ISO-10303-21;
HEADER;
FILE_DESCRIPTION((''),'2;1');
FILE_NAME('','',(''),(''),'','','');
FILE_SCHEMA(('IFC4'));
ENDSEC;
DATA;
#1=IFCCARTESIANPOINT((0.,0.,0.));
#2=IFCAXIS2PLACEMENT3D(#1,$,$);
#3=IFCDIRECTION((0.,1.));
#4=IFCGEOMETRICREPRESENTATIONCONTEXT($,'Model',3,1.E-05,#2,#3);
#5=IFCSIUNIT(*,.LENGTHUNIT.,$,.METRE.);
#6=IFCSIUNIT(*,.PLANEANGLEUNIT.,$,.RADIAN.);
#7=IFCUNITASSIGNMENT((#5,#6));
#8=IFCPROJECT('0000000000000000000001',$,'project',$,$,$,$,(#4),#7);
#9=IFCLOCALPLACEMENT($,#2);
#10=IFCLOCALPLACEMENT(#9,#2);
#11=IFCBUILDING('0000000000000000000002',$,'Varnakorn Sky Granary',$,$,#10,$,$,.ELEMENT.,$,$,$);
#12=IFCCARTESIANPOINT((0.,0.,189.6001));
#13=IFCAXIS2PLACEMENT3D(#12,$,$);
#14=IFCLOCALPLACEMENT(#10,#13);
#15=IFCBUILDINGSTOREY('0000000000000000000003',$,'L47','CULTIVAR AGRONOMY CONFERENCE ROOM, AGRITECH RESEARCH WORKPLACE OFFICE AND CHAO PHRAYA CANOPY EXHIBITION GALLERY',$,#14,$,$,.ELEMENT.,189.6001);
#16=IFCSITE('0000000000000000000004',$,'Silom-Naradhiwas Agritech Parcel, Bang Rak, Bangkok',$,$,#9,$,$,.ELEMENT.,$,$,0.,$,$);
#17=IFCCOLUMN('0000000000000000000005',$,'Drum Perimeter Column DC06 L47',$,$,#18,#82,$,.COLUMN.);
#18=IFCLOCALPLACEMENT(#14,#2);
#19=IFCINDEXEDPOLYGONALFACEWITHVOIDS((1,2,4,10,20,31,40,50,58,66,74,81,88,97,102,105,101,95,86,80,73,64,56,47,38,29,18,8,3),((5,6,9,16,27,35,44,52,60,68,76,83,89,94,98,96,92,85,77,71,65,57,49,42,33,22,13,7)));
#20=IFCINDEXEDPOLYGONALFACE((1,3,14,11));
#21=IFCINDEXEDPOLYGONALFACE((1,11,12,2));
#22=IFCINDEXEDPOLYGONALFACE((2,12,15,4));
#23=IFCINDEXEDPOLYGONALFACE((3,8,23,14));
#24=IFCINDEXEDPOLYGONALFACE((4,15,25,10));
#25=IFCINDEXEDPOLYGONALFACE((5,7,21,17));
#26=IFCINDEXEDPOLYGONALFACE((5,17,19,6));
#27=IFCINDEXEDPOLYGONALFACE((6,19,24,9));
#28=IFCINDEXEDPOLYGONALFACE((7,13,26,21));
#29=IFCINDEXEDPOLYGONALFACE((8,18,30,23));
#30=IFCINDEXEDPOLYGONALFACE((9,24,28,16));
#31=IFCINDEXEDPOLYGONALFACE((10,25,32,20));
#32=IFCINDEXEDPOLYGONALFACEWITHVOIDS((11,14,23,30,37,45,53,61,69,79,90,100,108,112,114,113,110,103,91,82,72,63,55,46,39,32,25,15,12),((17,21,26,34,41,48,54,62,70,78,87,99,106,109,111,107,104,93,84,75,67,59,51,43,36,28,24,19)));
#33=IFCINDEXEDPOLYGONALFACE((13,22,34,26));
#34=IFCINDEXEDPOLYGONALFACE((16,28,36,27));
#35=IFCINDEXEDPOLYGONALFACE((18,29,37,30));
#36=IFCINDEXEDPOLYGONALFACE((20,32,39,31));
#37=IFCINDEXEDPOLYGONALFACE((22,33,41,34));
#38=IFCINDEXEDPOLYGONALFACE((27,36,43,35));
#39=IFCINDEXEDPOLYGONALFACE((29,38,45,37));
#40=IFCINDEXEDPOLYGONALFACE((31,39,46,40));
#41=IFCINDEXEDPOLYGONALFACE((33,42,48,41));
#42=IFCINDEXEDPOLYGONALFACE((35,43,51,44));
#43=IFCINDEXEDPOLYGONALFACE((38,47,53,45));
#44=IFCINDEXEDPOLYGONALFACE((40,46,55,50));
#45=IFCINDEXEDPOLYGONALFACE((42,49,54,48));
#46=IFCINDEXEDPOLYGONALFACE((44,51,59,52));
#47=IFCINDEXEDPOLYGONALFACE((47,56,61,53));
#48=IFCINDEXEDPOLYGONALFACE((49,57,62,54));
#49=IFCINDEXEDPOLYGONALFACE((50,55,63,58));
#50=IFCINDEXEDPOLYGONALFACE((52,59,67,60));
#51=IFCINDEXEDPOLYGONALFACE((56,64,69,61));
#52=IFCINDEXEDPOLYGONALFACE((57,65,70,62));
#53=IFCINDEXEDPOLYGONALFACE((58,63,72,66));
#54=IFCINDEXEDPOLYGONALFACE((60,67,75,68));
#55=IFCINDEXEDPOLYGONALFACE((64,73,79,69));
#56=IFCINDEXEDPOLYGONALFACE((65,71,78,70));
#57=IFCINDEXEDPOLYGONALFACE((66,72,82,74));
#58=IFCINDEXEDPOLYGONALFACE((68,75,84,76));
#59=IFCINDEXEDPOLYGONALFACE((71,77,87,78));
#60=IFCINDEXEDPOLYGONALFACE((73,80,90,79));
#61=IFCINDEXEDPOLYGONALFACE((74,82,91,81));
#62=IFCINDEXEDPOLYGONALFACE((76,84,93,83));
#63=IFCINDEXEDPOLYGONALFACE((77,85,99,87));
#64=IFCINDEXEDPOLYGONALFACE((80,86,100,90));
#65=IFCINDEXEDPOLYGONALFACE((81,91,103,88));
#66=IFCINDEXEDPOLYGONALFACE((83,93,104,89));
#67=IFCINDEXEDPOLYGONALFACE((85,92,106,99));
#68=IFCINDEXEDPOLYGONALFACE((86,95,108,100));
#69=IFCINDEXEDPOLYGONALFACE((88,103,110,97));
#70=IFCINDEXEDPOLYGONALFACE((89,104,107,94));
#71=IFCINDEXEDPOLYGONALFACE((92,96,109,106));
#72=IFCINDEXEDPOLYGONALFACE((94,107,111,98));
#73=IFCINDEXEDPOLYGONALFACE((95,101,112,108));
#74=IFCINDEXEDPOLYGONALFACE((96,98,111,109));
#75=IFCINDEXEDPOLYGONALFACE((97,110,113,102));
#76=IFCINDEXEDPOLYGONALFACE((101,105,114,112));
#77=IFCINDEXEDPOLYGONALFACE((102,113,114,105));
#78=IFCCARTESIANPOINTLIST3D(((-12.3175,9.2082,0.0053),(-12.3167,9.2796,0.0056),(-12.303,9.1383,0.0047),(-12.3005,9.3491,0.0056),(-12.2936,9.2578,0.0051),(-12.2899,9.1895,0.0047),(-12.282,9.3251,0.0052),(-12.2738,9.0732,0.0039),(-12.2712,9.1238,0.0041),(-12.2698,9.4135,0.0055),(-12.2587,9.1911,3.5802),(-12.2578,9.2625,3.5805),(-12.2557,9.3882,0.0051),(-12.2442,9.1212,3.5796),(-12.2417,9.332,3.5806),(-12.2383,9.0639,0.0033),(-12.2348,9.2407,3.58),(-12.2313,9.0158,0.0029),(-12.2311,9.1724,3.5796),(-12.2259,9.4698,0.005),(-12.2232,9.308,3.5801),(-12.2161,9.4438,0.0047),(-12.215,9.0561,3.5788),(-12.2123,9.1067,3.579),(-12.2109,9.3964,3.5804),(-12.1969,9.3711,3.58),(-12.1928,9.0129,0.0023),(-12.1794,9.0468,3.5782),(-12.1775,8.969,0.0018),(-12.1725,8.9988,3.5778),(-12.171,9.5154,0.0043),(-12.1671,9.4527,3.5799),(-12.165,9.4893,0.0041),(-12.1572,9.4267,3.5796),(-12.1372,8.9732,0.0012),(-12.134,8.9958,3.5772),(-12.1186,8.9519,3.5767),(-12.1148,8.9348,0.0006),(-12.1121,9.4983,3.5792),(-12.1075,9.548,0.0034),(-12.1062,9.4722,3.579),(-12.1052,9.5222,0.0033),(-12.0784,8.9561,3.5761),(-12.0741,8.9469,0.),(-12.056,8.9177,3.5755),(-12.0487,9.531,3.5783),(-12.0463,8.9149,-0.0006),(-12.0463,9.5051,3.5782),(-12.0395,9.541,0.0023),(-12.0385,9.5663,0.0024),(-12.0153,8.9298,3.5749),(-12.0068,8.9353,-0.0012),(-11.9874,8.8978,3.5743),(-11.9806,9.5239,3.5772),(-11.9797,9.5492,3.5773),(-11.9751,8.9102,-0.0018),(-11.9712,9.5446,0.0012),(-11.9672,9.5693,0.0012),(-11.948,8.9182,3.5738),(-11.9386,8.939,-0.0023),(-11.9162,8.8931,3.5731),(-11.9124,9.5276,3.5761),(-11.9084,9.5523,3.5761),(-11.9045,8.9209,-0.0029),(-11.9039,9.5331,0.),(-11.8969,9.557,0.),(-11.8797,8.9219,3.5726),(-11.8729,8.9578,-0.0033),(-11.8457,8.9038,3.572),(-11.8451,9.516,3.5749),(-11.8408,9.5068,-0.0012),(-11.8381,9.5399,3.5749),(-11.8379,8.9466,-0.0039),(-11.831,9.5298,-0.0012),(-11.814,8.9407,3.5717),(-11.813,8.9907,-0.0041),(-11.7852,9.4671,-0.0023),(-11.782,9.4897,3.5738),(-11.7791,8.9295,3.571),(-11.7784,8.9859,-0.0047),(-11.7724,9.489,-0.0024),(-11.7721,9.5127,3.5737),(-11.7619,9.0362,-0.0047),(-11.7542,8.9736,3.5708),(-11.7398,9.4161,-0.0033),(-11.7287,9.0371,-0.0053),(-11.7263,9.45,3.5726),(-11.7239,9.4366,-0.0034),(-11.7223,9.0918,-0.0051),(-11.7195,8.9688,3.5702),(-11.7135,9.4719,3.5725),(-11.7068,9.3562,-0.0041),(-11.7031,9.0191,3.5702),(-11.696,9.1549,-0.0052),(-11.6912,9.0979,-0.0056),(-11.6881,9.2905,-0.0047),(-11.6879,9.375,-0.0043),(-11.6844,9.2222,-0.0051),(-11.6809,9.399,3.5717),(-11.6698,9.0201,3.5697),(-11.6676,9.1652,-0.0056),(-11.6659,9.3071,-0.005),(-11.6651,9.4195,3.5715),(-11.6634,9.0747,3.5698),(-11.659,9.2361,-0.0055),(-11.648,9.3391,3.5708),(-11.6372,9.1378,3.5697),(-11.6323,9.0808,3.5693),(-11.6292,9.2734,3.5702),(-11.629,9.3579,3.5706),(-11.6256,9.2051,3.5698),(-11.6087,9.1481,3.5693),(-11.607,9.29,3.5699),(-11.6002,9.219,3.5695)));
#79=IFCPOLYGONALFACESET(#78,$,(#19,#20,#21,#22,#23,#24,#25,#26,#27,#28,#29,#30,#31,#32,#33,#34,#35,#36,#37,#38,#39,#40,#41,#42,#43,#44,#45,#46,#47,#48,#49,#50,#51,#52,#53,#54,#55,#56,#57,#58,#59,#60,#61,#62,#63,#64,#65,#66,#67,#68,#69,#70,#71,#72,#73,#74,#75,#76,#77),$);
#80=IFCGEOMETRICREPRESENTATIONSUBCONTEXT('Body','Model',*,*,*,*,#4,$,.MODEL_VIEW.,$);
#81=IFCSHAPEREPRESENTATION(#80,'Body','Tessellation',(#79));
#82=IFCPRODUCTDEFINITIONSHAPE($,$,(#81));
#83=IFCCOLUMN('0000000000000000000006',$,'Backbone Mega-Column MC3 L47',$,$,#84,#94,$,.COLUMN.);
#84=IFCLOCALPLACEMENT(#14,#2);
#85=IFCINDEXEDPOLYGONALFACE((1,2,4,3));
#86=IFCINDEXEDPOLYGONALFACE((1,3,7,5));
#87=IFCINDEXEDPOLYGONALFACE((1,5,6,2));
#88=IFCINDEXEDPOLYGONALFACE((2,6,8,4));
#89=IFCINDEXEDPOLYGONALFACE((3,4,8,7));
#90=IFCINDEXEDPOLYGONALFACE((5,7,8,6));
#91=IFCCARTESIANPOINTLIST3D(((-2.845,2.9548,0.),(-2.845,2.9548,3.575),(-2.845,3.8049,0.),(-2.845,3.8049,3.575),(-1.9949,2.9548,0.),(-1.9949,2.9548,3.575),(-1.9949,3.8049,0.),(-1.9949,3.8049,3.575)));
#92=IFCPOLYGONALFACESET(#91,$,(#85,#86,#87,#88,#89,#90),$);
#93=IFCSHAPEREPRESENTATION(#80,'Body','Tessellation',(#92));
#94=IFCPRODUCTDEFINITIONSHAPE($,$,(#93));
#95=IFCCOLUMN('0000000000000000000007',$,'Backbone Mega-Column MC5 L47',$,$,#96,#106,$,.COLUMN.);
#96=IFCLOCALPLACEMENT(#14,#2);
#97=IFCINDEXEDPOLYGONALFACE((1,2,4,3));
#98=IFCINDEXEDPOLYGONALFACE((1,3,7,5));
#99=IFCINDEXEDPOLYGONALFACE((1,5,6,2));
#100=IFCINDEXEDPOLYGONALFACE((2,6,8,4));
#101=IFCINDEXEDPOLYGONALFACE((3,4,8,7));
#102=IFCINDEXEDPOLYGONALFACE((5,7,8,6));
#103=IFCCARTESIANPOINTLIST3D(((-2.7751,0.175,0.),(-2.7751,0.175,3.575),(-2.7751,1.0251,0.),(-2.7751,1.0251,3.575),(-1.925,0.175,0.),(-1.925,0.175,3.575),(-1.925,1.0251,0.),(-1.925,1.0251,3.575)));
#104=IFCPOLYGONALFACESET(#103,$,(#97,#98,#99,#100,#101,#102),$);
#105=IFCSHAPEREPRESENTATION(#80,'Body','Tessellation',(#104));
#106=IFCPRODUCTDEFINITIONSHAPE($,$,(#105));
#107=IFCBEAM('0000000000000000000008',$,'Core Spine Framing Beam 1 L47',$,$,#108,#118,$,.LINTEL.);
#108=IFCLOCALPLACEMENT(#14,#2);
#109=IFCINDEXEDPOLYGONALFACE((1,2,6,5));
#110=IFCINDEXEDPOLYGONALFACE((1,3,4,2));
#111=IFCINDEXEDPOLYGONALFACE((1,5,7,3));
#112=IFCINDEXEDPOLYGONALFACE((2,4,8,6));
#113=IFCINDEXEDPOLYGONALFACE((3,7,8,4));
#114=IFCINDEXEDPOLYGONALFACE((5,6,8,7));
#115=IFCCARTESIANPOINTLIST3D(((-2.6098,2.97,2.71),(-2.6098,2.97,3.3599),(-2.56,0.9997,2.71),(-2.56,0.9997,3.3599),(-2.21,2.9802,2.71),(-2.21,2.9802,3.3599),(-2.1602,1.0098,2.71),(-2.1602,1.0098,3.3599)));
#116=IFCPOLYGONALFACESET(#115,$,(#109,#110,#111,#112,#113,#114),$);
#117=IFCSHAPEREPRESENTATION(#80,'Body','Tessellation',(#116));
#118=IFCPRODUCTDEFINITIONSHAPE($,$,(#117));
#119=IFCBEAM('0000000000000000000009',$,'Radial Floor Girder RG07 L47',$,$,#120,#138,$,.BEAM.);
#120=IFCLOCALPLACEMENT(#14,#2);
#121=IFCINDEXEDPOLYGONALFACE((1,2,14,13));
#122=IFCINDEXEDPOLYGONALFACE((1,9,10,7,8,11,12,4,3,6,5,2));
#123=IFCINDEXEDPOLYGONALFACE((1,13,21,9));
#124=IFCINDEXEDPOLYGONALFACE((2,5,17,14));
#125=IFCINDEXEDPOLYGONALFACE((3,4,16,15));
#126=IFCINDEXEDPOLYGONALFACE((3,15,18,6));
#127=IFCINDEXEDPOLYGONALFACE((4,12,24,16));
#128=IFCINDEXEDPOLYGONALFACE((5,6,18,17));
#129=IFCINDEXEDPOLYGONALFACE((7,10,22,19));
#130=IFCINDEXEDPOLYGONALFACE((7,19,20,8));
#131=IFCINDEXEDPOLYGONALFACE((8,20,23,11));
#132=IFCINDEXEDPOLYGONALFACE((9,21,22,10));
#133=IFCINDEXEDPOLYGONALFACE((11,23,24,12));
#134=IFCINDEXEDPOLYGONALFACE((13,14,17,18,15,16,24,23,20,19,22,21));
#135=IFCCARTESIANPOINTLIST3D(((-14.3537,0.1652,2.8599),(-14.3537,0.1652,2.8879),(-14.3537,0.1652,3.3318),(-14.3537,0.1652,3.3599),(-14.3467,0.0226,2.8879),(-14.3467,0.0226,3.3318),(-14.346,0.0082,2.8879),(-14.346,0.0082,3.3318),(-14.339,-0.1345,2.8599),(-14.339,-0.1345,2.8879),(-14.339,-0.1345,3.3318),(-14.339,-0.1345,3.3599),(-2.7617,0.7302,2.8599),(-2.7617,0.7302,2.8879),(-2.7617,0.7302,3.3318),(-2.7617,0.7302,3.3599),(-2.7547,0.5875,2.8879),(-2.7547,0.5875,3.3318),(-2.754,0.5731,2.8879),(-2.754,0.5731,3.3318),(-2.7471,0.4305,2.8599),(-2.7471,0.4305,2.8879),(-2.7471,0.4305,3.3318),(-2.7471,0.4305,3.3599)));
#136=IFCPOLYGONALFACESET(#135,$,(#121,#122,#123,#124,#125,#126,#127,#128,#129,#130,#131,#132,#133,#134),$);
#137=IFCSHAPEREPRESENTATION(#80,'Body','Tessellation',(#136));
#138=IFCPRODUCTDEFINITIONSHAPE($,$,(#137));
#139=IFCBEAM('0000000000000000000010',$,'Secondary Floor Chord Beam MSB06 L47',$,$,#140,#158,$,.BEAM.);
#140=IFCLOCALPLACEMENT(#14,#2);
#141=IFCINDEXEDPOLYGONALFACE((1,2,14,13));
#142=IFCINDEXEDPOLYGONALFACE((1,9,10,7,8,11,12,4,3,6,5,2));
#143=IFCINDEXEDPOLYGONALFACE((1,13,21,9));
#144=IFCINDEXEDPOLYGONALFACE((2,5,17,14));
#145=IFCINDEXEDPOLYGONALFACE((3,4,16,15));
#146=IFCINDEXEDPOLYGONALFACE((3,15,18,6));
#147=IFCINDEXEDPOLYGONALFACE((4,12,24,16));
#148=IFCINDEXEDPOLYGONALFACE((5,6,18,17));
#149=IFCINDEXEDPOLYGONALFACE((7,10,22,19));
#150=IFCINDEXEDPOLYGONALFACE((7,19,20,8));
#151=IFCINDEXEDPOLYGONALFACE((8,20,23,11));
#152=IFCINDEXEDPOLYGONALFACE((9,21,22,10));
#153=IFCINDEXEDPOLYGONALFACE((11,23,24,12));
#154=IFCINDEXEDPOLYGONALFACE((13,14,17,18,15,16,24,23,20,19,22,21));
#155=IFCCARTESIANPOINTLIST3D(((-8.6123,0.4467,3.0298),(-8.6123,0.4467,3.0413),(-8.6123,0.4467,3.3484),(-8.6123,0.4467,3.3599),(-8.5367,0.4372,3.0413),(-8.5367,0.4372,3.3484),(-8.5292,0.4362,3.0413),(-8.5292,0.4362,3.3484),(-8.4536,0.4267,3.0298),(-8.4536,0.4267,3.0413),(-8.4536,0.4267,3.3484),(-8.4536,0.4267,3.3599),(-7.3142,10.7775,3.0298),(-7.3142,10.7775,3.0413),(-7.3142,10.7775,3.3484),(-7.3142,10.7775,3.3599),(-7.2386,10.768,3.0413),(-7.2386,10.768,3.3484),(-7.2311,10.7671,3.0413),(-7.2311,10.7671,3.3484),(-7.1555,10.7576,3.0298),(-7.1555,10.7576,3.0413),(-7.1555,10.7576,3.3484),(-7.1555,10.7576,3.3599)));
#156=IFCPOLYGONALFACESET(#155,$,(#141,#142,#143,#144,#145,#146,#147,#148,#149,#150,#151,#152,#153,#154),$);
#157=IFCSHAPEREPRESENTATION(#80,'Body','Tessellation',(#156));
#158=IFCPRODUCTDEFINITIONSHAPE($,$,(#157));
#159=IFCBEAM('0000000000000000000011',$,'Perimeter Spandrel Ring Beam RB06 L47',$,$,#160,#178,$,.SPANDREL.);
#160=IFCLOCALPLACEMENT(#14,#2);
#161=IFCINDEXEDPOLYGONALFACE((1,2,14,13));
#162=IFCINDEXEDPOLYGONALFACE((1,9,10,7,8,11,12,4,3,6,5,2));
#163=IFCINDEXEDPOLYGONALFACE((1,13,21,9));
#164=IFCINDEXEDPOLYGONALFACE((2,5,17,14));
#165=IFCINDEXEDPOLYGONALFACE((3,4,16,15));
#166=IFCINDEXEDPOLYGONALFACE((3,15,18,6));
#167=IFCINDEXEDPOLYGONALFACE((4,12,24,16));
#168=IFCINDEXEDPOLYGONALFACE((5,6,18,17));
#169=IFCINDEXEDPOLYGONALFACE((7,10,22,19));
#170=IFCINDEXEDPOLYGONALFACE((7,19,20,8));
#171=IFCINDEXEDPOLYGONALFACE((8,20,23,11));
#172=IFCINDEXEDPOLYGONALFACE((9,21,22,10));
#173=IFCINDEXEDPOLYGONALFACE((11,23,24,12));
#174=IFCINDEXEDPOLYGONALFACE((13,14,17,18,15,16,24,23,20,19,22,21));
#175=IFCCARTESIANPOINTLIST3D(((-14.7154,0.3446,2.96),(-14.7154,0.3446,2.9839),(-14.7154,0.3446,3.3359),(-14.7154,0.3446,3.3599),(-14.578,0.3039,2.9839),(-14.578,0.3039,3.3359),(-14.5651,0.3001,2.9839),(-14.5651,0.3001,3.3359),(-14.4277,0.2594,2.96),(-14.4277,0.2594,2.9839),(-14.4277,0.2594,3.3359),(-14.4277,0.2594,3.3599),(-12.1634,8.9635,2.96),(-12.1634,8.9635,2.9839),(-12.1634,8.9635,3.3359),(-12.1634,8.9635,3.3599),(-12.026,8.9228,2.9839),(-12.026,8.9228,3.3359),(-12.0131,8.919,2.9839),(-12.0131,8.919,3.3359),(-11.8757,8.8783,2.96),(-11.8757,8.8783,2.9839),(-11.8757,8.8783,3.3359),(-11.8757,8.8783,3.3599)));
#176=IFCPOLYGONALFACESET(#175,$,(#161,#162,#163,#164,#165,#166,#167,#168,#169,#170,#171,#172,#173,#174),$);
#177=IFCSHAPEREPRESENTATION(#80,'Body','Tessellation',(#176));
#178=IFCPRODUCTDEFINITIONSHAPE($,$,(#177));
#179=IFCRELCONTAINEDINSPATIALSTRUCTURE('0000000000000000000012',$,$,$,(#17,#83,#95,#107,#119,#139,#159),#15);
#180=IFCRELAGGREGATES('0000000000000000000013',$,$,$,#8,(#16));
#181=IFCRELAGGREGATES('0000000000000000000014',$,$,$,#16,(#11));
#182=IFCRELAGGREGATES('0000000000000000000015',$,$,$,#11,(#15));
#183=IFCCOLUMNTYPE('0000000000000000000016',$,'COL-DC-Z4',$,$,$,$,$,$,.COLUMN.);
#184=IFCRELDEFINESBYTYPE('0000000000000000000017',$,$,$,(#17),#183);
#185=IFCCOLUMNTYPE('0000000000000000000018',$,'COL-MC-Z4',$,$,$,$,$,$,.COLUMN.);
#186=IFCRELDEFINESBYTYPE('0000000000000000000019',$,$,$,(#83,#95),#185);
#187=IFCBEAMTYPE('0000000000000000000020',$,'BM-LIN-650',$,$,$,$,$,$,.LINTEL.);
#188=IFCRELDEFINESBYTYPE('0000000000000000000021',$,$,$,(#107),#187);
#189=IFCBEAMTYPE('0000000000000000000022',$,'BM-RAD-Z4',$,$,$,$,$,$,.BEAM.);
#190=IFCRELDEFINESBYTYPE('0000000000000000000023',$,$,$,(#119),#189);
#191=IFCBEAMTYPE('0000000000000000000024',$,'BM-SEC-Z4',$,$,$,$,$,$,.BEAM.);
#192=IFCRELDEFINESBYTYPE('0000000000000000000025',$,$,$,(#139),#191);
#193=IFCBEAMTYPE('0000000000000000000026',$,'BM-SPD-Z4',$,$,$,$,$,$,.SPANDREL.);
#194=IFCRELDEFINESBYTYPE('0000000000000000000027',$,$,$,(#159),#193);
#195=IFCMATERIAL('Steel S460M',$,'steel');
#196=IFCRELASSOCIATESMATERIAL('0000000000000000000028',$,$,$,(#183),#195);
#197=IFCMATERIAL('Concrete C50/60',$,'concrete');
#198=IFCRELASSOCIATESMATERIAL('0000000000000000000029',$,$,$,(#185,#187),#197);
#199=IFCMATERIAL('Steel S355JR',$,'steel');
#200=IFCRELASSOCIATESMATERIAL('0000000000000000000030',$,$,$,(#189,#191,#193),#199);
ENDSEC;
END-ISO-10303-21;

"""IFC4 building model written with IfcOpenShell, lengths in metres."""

from ifc_helpers import new_model, si_unit, direction, frame, origin, origin_2d, place, context, subcontext, project, spatial, rectangle, hollow_circle, i_section, extrude, material, material_profile, profile_set, type_object, element, save


model = new_model("IFC4")

# Units and contexts
model_context = context("Model", 3, precision=1e-05, world=origin(), true_north=direction((0.0, 1.0)))
body_context = subcontext(model_context, "Body", "Model", "MODEL_VIEW")
ifc_project = project(units=[si_unit("LENGTHUNIT", "METRE"), si_unit("PLANEANGLEUNIT", "RADIAN")], contexts=[model_context])

# Site, building, storey
site_placement = place(None, origin())
site = spatial("IfcSite", under=ifc_project, at=site_placement, Name="Silom-Naradhiwas Agritech Parcel, Bang Rak, Bangkok", CompositionType="ELEMENT", RefElevation=0.0)
building_placement = place(site_placement, origin())
building = spatial("IfcBuilding", under=site, at=building_placement, Name="Varnakorn Sky Granary", CompositionType="ELEMENT")
storey_placement = place(building_placement, frame((0.0, 0.0, 189.6001)))
storey = spatial("IfcBuildingStorey", under=building, at=storey_placement, Name="L47", Description="CULTIVAR AGRONOMY CONFERENCE ROOM, AGRITECH RESEARCH WORKPLACE OFFICE AND CHAO PHRAYA CANOPY EXHIBITION GALLERY", CompositionType="ELEMENT", Elevation=189.6001)

# Columns
ifc_material_1 = material(Name="Steel S460M", Category="steel")
ifc_material_profile_1 = material_profile(ifc_material_1, hollow_circle(Radius=0.3301, WallThickness=0.0249, at=origin_2d()), Name="CHS 660x25")
ifc_profile_set_1 = profile_set([ifc_material_profile_1], Name="Steel S460M")
column_type_1 = type_object("IfcColumnType", Name="COL-DC-Z4", PredefinedType="COLUMN", material=ifc_profile_set_1)
column_placement = place(storey_placement, frame((-11.989, 9.24, 0.0), z_axis=(0.016456, -0.00478, 0.999853), x_axis=(0.278929, 0.960312, 0.0)))
element("IfcColumn", 1, at=column_placement, inside=storey, type_object=column_type_1, Name="Drum Perimeter Column DC06 L47", PredefinedType="COLUMN", context=body_context, shape_type="SweptSolid", body=[
    extrude(hollow_circle(Radius=0.3301, WallThickness=0.0249, at=origin_2d()), origin(), (0.0, 0.0, 1.0), 3.5754),
])
ifc_material_2 = material(Name="Concrete C50/60", Category="concrete")
ifc_material_profile_2 = material_profile(ifc_material_2, rectangle(XDim=0.8501, YDim=0.8501, at=origin_2d()), Name="RC 850x850")
ifc_profile_set_2 = profile_set([ifc_material_profile_2], Name="Concrete C50/60")
column_type_2 = type_object("IfcColumnType", Name="COL-MC-Z4", PredefinedType="COLUMN", material=ifc_profile_set_2)
for number, where, z_axis, x_axis, name in (
    (2, (-2.4199, 3.3799, 0.0), (0.0, 0.0, 1.0), (1.0, 0.0, 0.0), "Backbone Mega-Column MC3 L47"),
    (3, (-2.3501, 0.6001, 0.0), (0.0, 0.0, 1.0), (1.0, 0.0, 0.0), "Backbone Mega-Column MC5 L47"),
):
    element("IfcColumn", number, at=place(storey_placement, frame(where, z_axis=z_axis, x_axis=x_axis)), inside=storey, type_object=column_type_2, Name=name, PredefinedType="COLUMN", context=body_context, shape_type="SweptSolid", body=[
        extrude(rectangle(XDim=0.8501, YDim=0.8501, at=origin_2d()), origin(), (0.0, 0.0, 1.0), 3.575),
    ])

# Beams
ifc_material_profile_3 = material_profile(ifc_material_2, rectangle(XDim=0.3999, YDim=0.6499, at=origin_2d()), Name="RC 400x650")
ifc_profile_set_3 = profile_set([ifc_material_profile_3], Name="Concrete C50/60")
beam_type_1 = type_object("IfcBeamType", Name="BM-LIN-650", PredefinedType="LINTEL", material=ifc_profile_set_3)
beam_1_placement = place(storey_placement, frame((-2.4099, 2.9751, 3.0349), z_axis=(0.025271, -0.999681, 0.0), x_axis=(0.999681, 0.025271, 0.0)))
element("IfcBeam", 4, at=beam_1_placement, inside=storey, type_object=beam_type_1, Name="Core Spine Framing Beam 1 L47", PredefinedType="LINTEL", context=body_context, shape_type="SweptSolid", body=[
    extrude(rectangle(XDim=0.3999, YDim=0.6499, at=origin_2d()), origin(), (0.0, 0.0, 1.0), 1.9709),
])
ifc_material_3 = material(Name="Steel S355JR", Category="steel")
ifc_material_profile_4 = material_profile(ifc_material_3, i_section(OverallWidth=0.3, OverallDepth=0.5, WebThickness=0.0144, FlangeThickness=0.0281, at=origin_2d()), Name="HE 500 B")
ifc_profile_set_4 = profile_set([ifc_material_profile_4], Name="Steel S355JR")
beam_type_2 = type_object("IfcBeamType", Name="BM-RAD-Z4", PredefinedType="BEAM", material=ifc_profile_set_4)
beam_2_placement = place(storey_placement, frame((-2.7544, 0.5803, 3.1099), z_axis=(-0.998815, -0.048678, 0.0), x_axis=(0.048678, -0.998815, 0.0)))
element("IfcBeam", 5, at=beam_2_placement, inside=storey, type_object=beam_type_2, Name="Radial Floor Girder RG07 L47", PredefinedType="BEAM", context=body_context, shape_type="SweptSolid", body=[
    extrude(i_section(OverallWidth=0.3, OverallDepth=0.5, WebThickness=0.0144, FlangeThickness=0.0281, at=origin_2d()), origin(), (0.0, 0.0, 1.0), 11.6057),
])
ifc_material_profile_5 = material_profile(ifc_material_3, i_section(OverallWidth=0.1599, OverallDepth=0.3301, WebThickness=0.0076, FlangeThickness=0.0115, at=origin_2d()), Name="IPE 330")
ifc_profile_set_5 = profile_set([ifc_material_profile_5], Name="Steel S355JR")
beam_type_3 = type_object("IfcBeamType", Name="BM-SEC-Z4", PredefinedType="BEAM", material=ifc_profile_set_5)
beam_3_placement = place(storey_placement, frame((-7.2349, 10.7676, 3.1948), z_axis=(-0.124672, -0.992198, 0.0), x_axis=(0.992198, -0.124672, 0.0)))
element("IfcBeam", 6, at=beam_3_placement, inside=storey, type_object=beam_type_3, Name="Secondary Floor Chord Beam MSB06 L47", PredefinedType="BEAM", context=body_context, shape_type="SweptSolid", body=[
    extrude(i_section(OverallWidth=0.1599, OverallDepth=0.3301, WebThickness=0.0076, FlangeThickness=0.0115, at=origin_2d()), origin(), (0.0, 0.0, 1.0), 10.4121),
])
ifc_material_profile_6 = material_profile(ifc_material_3, i_section(OverallWidth=0.3, OverallDepth=0.3999, WebThickness=0.0134, FlangeThickness=0.0239, at=origin_2d()), Name="HE 400 B")
ifc_profile_set_6 = profile_set([ifc_material_profile_6], Name="Steel S355JR")
beam_type_4 = type_object("IfcBeamType", Name="BM-SPD-Z4", PredefinedType="SPANDREL", material=ifc_profile_set_6)
beam_4_placement = place(storey_placement, frame((-12.0195, 8.9209, 3.1599), z_axis=(-0.28391, -0.958851, 0.0), x_axis=(0.958851, -0.28391, 0.0)))
element("IfcBeam", 7, at=beam_4_placement, inside=storey, type_object=beam_type_4, Name="Perimeter Spandrel Ring Beam RB06 L47", PredefinedType="SPANDREL", context=body_context, shape_type="SweptSolid", body=[
    extrude(i_section(OverallWidth=0.3, OverallDepth=0.3999, WebThickness=0.0134, FlangeThickness=0.0239, at=origin_2d()), origin(), (0.0, 0.0, 1.0), 8.9888),
])

save(model, "model.ifc")
